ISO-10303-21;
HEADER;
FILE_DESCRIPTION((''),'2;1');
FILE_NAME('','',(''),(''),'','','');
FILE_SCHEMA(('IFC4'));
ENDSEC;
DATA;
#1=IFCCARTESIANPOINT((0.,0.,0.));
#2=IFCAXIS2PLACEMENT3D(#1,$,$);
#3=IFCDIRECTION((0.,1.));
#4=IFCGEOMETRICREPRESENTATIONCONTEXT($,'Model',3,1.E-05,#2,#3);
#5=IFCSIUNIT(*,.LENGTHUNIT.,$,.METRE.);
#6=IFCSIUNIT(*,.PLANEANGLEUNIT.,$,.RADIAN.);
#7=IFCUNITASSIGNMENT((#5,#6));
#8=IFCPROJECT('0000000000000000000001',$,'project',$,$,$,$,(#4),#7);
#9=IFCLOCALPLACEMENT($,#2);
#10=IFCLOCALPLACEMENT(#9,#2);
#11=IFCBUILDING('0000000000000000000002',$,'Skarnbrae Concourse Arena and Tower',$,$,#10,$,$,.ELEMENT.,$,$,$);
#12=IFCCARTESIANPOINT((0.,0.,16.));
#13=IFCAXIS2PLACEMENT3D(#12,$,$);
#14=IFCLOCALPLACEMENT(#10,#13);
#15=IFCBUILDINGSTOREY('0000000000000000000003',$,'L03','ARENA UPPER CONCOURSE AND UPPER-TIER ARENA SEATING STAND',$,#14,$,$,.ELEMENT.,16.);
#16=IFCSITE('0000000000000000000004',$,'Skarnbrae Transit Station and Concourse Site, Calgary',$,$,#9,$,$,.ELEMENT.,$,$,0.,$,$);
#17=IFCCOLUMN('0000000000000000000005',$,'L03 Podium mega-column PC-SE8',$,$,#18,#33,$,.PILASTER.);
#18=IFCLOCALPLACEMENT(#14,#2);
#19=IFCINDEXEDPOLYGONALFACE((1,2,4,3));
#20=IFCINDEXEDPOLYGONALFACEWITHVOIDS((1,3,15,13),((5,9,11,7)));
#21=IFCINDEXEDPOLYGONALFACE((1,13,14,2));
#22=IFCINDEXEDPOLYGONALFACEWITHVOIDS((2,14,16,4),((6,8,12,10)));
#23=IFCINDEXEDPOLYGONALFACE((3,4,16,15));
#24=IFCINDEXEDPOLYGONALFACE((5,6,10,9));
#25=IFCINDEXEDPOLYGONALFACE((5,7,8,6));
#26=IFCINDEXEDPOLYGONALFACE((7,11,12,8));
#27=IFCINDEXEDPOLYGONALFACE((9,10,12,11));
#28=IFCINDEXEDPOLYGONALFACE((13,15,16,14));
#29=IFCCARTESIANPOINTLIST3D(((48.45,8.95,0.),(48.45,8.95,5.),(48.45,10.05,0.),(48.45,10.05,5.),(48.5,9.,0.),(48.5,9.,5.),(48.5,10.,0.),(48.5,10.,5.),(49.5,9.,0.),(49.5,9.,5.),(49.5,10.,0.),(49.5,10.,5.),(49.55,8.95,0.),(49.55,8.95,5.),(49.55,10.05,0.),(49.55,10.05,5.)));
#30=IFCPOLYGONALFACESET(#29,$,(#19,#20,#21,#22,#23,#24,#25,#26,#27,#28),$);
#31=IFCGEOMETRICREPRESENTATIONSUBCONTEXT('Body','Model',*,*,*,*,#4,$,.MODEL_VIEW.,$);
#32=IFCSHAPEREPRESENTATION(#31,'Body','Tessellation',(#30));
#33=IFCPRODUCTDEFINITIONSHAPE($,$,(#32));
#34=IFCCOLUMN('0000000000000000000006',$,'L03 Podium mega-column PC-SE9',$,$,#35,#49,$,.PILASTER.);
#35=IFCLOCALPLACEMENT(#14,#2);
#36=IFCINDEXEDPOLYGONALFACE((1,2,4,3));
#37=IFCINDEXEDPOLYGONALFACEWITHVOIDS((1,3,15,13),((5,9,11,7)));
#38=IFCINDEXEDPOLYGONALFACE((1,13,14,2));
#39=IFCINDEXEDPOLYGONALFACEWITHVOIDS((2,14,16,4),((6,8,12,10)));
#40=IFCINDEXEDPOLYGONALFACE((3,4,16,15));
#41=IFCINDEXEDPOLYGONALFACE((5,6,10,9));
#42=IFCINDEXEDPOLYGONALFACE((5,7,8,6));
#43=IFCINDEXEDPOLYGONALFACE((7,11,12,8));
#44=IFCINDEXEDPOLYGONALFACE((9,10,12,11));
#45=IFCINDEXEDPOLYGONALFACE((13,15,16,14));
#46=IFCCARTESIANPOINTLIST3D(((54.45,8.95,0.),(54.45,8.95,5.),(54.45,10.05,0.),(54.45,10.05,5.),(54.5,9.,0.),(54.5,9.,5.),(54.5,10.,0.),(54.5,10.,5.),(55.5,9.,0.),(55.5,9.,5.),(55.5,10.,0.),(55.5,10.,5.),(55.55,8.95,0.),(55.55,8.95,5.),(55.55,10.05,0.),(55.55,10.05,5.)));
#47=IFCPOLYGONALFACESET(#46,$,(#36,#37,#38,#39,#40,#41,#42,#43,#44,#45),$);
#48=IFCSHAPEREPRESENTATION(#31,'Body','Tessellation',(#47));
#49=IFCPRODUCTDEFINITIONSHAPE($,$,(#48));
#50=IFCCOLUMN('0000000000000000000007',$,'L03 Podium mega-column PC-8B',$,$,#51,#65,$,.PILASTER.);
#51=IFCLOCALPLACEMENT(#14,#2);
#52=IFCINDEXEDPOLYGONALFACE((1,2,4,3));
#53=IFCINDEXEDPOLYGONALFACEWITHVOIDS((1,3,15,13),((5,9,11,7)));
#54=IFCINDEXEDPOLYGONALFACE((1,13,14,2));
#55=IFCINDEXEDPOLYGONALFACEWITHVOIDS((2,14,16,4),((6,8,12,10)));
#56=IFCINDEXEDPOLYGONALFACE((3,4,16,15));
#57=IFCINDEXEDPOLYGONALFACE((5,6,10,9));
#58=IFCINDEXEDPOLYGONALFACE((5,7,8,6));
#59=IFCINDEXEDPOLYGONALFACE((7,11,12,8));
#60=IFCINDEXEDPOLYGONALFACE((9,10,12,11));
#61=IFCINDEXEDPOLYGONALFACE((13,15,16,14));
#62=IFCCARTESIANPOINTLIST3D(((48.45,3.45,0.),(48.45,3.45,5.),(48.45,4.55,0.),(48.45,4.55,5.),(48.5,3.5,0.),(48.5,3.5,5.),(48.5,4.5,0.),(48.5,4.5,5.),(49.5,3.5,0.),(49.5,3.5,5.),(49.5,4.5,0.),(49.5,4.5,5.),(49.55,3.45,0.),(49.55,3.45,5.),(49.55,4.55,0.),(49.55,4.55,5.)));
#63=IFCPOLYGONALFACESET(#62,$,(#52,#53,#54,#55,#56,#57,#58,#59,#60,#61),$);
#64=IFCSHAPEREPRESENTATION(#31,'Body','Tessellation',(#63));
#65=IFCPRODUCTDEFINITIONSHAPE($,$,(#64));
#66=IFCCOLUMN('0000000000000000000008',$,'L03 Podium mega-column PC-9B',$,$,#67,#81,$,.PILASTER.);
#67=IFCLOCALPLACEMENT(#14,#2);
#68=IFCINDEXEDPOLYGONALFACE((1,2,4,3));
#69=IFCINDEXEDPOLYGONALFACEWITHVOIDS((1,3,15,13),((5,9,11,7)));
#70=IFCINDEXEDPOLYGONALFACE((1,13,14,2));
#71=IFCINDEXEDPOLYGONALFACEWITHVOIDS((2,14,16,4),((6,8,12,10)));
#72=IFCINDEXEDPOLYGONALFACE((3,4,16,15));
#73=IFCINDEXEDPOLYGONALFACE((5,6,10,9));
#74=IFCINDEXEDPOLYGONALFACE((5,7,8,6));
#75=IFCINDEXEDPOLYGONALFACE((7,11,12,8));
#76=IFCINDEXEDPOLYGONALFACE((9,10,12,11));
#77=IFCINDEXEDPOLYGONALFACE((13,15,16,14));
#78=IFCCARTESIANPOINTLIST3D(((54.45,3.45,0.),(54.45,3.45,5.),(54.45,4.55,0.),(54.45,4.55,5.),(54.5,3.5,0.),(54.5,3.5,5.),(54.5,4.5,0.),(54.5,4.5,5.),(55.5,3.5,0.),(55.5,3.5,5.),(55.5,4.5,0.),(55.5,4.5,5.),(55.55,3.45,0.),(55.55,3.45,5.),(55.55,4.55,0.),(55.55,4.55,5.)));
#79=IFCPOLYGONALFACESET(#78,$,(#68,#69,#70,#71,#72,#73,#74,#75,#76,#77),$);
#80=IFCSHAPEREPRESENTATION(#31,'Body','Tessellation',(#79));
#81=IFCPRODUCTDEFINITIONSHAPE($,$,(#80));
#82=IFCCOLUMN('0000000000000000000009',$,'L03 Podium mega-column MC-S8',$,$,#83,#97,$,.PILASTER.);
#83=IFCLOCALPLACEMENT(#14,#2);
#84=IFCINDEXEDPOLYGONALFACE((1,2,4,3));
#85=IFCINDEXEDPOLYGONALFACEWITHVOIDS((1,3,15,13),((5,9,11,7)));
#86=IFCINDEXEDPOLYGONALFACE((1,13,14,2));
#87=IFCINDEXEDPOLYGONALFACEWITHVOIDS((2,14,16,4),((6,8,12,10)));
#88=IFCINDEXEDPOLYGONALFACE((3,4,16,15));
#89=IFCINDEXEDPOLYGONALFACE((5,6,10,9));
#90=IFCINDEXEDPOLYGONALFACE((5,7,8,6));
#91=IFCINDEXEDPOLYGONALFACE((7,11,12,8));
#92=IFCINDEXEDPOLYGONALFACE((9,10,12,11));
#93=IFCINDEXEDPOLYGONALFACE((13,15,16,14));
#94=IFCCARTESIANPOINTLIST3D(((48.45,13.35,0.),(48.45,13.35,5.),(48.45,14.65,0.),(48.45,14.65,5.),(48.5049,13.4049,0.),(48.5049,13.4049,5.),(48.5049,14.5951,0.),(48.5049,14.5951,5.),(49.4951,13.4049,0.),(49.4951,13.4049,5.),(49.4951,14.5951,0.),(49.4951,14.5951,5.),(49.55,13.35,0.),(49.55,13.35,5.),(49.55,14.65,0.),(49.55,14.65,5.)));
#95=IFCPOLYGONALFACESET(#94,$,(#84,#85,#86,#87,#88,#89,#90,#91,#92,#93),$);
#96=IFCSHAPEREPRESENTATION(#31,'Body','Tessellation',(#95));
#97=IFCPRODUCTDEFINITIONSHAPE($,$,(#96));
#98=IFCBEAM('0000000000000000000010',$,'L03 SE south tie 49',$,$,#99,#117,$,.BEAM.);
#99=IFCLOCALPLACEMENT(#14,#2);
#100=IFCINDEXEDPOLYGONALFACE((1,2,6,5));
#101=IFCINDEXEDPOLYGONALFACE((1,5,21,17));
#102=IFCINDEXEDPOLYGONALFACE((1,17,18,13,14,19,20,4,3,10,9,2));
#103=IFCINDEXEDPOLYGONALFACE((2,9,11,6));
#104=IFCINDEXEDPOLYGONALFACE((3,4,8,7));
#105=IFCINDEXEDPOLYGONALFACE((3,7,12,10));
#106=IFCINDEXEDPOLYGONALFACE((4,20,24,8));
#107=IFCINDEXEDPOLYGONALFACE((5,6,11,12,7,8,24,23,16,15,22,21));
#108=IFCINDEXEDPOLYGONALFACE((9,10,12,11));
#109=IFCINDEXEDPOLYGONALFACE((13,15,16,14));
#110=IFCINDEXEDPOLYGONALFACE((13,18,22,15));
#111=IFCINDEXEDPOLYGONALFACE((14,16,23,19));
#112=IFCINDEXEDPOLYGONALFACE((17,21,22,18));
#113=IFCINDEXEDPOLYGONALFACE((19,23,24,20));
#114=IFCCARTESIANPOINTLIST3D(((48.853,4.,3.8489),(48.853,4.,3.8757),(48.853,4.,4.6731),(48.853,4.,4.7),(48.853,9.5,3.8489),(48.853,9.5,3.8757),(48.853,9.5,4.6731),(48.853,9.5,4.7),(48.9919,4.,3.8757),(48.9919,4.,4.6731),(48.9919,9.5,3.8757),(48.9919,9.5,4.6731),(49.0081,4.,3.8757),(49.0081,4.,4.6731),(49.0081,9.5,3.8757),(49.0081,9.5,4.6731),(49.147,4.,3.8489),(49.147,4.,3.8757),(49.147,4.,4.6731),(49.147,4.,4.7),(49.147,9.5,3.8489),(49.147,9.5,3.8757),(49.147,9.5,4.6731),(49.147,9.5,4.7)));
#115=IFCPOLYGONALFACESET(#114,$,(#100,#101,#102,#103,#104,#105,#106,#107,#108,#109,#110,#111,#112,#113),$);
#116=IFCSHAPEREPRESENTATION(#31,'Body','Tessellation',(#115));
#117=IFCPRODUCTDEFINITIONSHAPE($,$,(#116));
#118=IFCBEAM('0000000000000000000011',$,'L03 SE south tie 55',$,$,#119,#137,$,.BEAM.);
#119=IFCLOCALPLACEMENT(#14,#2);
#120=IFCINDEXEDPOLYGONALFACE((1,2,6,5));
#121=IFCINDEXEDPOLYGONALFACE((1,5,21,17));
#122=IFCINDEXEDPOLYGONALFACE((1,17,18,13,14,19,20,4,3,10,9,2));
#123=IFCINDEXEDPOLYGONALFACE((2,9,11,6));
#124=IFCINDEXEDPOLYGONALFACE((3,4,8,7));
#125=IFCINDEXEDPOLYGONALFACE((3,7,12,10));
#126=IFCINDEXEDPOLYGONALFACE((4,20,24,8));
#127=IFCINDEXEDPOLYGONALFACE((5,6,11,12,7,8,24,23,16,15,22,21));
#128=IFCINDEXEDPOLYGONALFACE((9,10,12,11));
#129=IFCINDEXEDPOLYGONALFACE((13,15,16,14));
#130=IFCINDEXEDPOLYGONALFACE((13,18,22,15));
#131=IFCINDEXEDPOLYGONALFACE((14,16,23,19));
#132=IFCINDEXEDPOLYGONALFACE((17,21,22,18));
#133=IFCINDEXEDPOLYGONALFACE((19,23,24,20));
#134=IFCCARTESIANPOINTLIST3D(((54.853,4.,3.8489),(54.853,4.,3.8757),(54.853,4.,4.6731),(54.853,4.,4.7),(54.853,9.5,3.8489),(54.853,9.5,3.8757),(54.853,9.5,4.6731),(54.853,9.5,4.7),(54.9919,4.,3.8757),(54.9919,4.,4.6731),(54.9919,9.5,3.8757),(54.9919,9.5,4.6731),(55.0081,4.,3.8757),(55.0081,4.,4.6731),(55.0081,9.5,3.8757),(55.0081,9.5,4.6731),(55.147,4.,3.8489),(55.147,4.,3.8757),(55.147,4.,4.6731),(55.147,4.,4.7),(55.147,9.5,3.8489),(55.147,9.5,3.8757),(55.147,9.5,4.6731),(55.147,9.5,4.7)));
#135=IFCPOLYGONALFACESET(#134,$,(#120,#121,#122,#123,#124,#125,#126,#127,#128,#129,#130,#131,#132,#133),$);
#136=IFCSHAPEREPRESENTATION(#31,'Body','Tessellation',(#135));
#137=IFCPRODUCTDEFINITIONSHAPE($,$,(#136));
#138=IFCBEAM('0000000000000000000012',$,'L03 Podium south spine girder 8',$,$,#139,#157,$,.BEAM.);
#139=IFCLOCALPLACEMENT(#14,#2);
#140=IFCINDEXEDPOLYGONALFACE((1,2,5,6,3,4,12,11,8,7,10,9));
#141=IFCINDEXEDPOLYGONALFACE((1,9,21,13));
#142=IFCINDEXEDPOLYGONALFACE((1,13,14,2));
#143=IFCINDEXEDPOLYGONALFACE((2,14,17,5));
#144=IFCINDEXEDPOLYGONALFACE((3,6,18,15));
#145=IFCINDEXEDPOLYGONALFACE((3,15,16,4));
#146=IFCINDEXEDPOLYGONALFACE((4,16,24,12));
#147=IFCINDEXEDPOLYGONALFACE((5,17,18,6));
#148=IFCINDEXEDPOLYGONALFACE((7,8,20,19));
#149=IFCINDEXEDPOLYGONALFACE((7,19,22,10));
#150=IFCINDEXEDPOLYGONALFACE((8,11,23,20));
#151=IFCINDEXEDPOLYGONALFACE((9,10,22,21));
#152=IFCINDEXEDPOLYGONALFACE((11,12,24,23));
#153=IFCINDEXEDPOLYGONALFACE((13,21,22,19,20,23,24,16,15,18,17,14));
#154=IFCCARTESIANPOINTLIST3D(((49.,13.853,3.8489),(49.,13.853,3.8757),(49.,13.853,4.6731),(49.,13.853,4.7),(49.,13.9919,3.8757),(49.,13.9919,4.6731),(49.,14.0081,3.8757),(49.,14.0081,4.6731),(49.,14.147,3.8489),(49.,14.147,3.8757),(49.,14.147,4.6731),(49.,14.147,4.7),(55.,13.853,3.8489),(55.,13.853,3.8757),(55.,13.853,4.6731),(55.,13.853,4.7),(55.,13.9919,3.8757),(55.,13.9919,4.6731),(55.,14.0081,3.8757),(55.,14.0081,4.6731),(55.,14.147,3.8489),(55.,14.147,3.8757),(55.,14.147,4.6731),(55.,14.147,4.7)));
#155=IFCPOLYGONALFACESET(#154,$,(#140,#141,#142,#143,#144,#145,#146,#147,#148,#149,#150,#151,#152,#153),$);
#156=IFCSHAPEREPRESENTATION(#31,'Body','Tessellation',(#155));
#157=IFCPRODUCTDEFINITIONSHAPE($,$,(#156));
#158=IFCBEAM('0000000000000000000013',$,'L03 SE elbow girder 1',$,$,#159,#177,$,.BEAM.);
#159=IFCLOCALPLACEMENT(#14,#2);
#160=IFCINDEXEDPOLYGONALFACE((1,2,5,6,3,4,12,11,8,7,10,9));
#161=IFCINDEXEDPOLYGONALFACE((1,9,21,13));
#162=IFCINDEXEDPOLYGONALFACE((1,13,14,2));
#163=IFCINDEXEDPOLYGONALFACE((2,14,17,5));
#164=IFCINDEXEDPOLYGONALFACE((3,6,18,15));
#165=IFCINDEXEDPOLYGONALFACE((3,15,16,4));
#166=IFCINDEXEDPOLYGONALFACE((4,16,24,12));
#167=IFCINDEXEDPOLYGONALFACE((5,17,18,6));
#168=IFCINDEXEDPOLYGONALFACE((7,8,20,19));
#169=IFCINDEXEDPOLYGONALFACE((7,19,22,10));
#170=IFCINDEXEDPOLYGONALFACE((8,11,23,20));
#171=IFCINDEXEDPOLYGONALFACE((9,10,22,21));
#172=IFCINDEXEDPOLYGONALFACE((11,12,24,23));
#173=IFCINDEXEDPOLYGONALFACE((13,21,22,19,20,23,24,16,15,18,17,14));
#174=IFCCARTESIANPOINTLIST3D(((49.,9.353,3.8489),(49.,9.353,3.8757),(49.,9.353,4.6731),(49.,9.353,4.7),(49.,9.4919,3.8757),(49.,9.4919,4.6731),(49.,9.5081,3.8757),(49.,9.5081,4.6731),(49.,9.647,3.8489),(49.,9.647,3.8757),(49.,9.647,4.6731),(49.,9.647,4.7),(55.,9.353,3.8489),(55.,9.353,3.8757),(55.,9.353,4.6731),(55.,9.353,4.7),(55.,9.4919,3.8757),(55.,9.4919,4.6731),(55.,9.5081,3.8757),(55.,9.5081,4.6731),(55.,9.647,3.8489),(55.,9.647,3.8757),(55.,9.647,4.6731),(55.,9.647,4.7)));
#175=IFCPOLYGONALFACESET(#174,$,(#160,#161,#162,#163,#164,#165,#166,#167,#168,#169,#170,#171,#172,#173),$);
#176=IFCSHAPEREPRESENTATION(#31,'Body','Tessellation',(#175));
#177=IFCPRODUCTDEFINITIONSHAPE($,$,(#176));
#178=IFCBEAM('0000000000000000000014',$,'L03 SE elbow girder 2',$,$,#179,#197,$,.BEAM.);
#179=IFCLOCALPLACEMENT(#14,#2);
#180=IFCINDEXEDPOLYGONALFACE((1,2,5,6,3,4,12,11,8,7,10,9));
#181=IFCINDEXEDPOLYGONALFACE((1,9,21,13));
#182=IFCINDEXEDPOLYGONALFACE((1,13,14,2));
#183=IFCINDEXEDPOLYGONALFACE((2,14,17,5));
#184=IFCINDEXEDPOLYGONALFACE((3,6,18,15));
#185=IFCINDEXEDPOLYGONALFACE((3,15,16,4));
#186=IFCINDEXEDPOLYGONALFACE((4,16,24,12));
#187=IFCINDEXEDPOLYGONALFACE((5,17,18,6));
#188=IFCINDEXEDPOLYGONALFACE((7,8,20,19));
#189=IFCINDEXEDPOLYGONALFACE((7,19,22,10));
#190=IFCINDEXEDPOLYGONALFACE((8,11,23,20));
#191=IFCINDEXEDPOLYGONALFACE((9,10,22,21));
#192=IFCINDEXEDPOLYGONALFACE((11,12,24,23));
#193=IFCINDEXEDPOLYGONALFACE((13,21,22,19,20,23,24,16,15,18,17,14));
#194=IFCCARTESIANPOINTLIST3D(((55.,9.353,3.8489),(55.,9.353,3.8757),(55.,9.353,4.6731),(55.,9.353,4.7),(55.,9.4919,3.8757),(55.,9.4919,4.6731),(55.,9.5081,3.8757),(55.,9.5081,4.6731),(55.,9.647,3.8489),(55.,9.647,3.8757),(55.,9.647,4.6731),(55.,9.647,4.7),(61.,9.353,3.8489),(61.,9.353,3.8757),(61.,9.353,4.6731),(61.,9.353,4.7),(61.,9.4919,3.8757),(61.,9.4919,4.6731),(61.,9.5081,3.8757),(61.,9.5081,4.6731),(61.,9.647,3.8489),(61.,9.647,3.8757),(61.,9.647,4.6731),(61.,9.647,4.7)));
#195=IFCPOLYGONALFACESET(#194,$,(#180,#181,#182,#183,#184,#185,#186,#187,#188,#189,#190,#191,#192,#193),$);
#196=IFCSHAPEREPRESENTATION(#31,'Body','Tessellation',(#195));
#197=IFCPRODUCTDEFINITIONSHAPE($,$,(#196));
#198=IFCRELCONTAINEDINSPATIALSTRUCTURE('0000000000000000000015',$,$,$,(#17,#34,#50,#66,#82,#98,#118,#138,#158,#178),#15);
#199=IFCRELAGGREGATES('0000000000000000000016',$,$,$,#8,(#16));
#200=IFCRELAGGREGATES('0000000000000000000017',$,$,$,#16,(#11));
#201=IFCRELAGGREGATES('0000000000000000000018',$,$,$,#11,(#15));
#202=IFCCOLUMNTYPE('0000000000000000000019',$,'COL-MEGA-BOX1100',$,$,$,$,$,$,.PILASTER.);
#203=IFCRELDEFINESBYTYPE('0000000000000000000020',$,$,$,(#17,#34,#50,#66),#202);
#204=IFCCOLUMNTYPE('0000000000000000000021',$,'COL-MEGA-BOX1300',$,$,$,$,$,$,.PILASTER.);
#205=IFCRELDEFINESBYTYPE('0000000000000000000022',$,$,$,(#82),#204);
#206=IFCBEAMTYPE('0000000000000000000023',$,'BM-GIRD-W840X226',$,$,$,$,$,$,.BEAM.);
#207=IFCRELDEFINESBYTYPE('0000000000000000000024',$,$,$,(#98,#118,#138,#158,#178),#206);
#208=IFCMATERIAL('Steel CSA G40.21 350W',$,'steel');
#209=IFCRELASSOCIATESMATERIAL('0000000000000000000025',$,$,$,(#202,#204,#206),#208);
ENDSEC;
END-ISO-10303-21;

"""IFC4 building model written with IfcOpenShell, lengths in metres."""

from ifc_helpers import new_model, si_unit, direction, frame, origin, origin_2d, place, context, subcontext, project, spatial, hollow_rectangle, i_section, extrude, source, transform, mapped, material, material_profile, profile_set, type_object, element, save


model = new_model("IFC4")

# Units and contexts
model_context = context("Model", 3, precision=1e-05, world=origin(), true_north=direction((0.0, 1.0)))
body_context = subcontext(model_context, "Body", "Model", "MODEL_VIEW")
ifc_project = project(units=[si_unit("LENGTHUNIT", "METRE"), si_unit("PLANEANGLEUNIT", "RADIAN")], contexts=[model_context])

# Site, building, storey
site_placement = place(None, origin())
site = spatial("IfcSite", under=ifc_project, at=site_placement, Name="Skarnbrae Transit Station and Concourse Site, Calgary", CompositionType="ELEMENT", RefElevation=0.0)
building_placement = place(site_placement, origin())
building = spatial("IfcBuilding", under=site, at=building_placement, Name="Skarnbrae Concourse Arena and Tower", CompositionType="ELEMENT")
storey_placement = place(building_placement, frame((0.0, 0.0, 16.0)))
storey = spatial("IfcBuildingStorey", under=building, at=storey_placement, Name="L03", Description="ARENA UPPER CONCOURSE AND UPPER-TIER ARENA SEATING STAND", CompositionType="ELEMENT", Elevation=16.0)

# Columns
ifc_material_1 = material(Name="Steel CSA G40.21 350W", Category="steel")
ifc_material_profile_1 = material_profile(ifc_material_1, hollow_rectangle(XDim=1.1001, YDim=1.1001, WallThickness=0.05, at=origin_2d()), Name="BOX1100X1100X50")
ifc_profile_set_1 = profile_set([ifc_material_profile_1], Name="Steel CSA G40.21 350W")
column_type_1 = type_object("IfcColumnType", Name="COL-MEGA-BOX1100", PredefinedType="PILASTER", material=ifc_profile_set_1)
shared_shape_1 = source(origin(), body_context, "Body", "SweptSolid", [
    extrude(hollow_rectangle(XDim=1.1001, YDim=1.1001, WallThickness=0.05, at=origin_2d()), origin(), (0.0, 0.0, 1.0), 5.0),
])
for number, where, z_axis, x_axis, name in (
    (1, (49.0, 9.5, 0.0), (0.0, 0.0, 1.0), (1.0, 0.0, 0.0), "L03 Podium mega-column PC-SE8"),
    (2, (55.0, 9.5, 0.0), (0.0, 0.0, 1.0), (1.0, 0.0, 0.0), "L03 Podium mega-column PC-SE9"),
    (3, (49.0, 4.0, 0.0), (0.0, 0.0, 1.0), (1.0, 0.0, 0.0), "L03 Podium mega-column PC-8B"),
    (4, (55.0, 4.0, 0.0), (0.0, 0.0, 1.0), (1.0, 0.0, 0.0), "L03 Podium mega-column PC-9B"),
):
    element("IfcColumn", number, at=place(storey_placement, frame(where, z_axis=z_axis, x_axis=x_axis)), inside=storey, type_object=column_type_1, Name=name, PredefinedType="PILASTER", context=body_context, shape_type="MappedRepresentation", body=[
        mapped(shared_shape_1, transform((0.0, 0.0, 0.0))),
    ])
ifc_material_profile_2 = material_profile(ifc_material_1, hollow_rectangle(XDim=1.1001, YDim=1.3, WallThickness=0.0549, at=origin_2d()), Name="BOX1300X1100X55")
ifc_profile_set_2 = profile_set([ifc_material_profile_2], Name="Steel CSA G40.21 350W")
column_type_2 = type_object("IfcColumnType", Name="COL-MEGA-BOX1300", PredefinedType="PILASTER", material=ifc_profile_set_2)
shared_shape_2 = source(origin(), body_context, "Body", "SweptSolid", [
    extrude(hollow_rectangle(XDim=1.1001, YDim=1.3, WallThickness=0.0549, at=origin_2d()), origin(), (0.0, 0.0, 1.0), 5.0),
])
column_placement = place(storey_placement, frame((49.0, 14.0, 0.0), z_axis=(0.0, 0.0, 1.0), x_axis=(1.0, 0.0, 0.0)))
element("IfcColumn", 5, at=column_placement, inside=storey, type_object=column_type_2, Name="L03 Podium mega-column MC-S8", PredefinedType="PILASTER", context=body_context, shape_type="MappedRepresentation", body=[
    mapped(shared_shape_2, transform((0.0, 0.0, 0.0))),
])

# Beams
ifc_material_profile_3 = material_profile(ifc_material_1, i_section(OverallWidth=0.2939, OverallDepth=0.8511, WebThickness=0.0161, FlangeThickness=0.0269, at=origin_2d()), Name="W840X226")
ifc_profile_set_3 = profile_set([ifc_material_profile_3], Name="Steel CSA G40.21 350W")
beam_type = type_object("IfcBeamType", Name="BM-GIRD-W840X226", PredefinedType="BEAM", material=ifc_profile_set_3)
shared_shape_3 = source(origin(), body_context, "Body", "SweptSolid", [
    extrude(i_section(OverallWidth=0.2939, OverallDepth=0.8511, WebThickness=0.0161, FlangeThickness=0.0269, at=origin_2d()), origin(), (0.0, 0.0, 1.0), 5.5),
])
for number, where, z_axis, x_axis, name in (
    (6, (49.0, 4.0, 4.2744), (0.0, 1.0, 0.0), (-1.0, 0.0, 0.0), "L03 SE south tie 49"),
    (7, (55.0, 4.0, 4.2744), (0.0, 1.0, 0.0), (-1.0, 0.0, 0.0), "L03 SE south tie 55"),
):
    element("IfcBeam", number, at=place(storey_placement, frame(where, z_axis=z_axis, x_axis=x_axis)), inside=storey, type_object=beam_type, Name=name, PredefinedType="BEAM", context=body_context, shape_type="MappedRepresentation", body=[
        mapped(shared_shape_3, transform((0.0, 0.0, 0.0))),
    ])
shared_shape_4 = source(origin(), body_context, "Body", "SweptSolid", [
    extrude(i_section(OverallWidth=0.2939, OverallDepth=0.8511, WebThickness=0.0161, FlangeThickness=0.0269, at=origin_2d()), origin(), (0.0, 0.0, 1.0), 6.0),
])
for number, where, z_axis, x_axis, name in (
    (8, (49.0, 14.0, 4.2744), (1.0, 0.0, 0.0), (0.0, 1.0, 0.0), "L03 Podium south spine girder 8"),
    (9, (49.0, 9.5, 4.2744), (1.0, 0.0, 0.0), (0.0, 1.0, 0.0), "L03 SE elbow girder 1"),
    (10, (55.0, 9.5, 4.2744), (1.0, 0.0, 0.0), (0.0, 1.0, 0.0), "L03 SE elbow girder 2"),
):
    element("IfcBeam", number, at=place(storey_placement, frame(where, z_axis=z_axis, x_axis=x_axis)), inside=storey, type_object=beam_type, Name=name, PredefinedType="BEAM", context=body_context, shape_type="MappedRepresentation", body=[
        mapped(shared_shape_4, transform((0.0, 0.0, 0.0))),
    ])

save(model, "model.ifc")
